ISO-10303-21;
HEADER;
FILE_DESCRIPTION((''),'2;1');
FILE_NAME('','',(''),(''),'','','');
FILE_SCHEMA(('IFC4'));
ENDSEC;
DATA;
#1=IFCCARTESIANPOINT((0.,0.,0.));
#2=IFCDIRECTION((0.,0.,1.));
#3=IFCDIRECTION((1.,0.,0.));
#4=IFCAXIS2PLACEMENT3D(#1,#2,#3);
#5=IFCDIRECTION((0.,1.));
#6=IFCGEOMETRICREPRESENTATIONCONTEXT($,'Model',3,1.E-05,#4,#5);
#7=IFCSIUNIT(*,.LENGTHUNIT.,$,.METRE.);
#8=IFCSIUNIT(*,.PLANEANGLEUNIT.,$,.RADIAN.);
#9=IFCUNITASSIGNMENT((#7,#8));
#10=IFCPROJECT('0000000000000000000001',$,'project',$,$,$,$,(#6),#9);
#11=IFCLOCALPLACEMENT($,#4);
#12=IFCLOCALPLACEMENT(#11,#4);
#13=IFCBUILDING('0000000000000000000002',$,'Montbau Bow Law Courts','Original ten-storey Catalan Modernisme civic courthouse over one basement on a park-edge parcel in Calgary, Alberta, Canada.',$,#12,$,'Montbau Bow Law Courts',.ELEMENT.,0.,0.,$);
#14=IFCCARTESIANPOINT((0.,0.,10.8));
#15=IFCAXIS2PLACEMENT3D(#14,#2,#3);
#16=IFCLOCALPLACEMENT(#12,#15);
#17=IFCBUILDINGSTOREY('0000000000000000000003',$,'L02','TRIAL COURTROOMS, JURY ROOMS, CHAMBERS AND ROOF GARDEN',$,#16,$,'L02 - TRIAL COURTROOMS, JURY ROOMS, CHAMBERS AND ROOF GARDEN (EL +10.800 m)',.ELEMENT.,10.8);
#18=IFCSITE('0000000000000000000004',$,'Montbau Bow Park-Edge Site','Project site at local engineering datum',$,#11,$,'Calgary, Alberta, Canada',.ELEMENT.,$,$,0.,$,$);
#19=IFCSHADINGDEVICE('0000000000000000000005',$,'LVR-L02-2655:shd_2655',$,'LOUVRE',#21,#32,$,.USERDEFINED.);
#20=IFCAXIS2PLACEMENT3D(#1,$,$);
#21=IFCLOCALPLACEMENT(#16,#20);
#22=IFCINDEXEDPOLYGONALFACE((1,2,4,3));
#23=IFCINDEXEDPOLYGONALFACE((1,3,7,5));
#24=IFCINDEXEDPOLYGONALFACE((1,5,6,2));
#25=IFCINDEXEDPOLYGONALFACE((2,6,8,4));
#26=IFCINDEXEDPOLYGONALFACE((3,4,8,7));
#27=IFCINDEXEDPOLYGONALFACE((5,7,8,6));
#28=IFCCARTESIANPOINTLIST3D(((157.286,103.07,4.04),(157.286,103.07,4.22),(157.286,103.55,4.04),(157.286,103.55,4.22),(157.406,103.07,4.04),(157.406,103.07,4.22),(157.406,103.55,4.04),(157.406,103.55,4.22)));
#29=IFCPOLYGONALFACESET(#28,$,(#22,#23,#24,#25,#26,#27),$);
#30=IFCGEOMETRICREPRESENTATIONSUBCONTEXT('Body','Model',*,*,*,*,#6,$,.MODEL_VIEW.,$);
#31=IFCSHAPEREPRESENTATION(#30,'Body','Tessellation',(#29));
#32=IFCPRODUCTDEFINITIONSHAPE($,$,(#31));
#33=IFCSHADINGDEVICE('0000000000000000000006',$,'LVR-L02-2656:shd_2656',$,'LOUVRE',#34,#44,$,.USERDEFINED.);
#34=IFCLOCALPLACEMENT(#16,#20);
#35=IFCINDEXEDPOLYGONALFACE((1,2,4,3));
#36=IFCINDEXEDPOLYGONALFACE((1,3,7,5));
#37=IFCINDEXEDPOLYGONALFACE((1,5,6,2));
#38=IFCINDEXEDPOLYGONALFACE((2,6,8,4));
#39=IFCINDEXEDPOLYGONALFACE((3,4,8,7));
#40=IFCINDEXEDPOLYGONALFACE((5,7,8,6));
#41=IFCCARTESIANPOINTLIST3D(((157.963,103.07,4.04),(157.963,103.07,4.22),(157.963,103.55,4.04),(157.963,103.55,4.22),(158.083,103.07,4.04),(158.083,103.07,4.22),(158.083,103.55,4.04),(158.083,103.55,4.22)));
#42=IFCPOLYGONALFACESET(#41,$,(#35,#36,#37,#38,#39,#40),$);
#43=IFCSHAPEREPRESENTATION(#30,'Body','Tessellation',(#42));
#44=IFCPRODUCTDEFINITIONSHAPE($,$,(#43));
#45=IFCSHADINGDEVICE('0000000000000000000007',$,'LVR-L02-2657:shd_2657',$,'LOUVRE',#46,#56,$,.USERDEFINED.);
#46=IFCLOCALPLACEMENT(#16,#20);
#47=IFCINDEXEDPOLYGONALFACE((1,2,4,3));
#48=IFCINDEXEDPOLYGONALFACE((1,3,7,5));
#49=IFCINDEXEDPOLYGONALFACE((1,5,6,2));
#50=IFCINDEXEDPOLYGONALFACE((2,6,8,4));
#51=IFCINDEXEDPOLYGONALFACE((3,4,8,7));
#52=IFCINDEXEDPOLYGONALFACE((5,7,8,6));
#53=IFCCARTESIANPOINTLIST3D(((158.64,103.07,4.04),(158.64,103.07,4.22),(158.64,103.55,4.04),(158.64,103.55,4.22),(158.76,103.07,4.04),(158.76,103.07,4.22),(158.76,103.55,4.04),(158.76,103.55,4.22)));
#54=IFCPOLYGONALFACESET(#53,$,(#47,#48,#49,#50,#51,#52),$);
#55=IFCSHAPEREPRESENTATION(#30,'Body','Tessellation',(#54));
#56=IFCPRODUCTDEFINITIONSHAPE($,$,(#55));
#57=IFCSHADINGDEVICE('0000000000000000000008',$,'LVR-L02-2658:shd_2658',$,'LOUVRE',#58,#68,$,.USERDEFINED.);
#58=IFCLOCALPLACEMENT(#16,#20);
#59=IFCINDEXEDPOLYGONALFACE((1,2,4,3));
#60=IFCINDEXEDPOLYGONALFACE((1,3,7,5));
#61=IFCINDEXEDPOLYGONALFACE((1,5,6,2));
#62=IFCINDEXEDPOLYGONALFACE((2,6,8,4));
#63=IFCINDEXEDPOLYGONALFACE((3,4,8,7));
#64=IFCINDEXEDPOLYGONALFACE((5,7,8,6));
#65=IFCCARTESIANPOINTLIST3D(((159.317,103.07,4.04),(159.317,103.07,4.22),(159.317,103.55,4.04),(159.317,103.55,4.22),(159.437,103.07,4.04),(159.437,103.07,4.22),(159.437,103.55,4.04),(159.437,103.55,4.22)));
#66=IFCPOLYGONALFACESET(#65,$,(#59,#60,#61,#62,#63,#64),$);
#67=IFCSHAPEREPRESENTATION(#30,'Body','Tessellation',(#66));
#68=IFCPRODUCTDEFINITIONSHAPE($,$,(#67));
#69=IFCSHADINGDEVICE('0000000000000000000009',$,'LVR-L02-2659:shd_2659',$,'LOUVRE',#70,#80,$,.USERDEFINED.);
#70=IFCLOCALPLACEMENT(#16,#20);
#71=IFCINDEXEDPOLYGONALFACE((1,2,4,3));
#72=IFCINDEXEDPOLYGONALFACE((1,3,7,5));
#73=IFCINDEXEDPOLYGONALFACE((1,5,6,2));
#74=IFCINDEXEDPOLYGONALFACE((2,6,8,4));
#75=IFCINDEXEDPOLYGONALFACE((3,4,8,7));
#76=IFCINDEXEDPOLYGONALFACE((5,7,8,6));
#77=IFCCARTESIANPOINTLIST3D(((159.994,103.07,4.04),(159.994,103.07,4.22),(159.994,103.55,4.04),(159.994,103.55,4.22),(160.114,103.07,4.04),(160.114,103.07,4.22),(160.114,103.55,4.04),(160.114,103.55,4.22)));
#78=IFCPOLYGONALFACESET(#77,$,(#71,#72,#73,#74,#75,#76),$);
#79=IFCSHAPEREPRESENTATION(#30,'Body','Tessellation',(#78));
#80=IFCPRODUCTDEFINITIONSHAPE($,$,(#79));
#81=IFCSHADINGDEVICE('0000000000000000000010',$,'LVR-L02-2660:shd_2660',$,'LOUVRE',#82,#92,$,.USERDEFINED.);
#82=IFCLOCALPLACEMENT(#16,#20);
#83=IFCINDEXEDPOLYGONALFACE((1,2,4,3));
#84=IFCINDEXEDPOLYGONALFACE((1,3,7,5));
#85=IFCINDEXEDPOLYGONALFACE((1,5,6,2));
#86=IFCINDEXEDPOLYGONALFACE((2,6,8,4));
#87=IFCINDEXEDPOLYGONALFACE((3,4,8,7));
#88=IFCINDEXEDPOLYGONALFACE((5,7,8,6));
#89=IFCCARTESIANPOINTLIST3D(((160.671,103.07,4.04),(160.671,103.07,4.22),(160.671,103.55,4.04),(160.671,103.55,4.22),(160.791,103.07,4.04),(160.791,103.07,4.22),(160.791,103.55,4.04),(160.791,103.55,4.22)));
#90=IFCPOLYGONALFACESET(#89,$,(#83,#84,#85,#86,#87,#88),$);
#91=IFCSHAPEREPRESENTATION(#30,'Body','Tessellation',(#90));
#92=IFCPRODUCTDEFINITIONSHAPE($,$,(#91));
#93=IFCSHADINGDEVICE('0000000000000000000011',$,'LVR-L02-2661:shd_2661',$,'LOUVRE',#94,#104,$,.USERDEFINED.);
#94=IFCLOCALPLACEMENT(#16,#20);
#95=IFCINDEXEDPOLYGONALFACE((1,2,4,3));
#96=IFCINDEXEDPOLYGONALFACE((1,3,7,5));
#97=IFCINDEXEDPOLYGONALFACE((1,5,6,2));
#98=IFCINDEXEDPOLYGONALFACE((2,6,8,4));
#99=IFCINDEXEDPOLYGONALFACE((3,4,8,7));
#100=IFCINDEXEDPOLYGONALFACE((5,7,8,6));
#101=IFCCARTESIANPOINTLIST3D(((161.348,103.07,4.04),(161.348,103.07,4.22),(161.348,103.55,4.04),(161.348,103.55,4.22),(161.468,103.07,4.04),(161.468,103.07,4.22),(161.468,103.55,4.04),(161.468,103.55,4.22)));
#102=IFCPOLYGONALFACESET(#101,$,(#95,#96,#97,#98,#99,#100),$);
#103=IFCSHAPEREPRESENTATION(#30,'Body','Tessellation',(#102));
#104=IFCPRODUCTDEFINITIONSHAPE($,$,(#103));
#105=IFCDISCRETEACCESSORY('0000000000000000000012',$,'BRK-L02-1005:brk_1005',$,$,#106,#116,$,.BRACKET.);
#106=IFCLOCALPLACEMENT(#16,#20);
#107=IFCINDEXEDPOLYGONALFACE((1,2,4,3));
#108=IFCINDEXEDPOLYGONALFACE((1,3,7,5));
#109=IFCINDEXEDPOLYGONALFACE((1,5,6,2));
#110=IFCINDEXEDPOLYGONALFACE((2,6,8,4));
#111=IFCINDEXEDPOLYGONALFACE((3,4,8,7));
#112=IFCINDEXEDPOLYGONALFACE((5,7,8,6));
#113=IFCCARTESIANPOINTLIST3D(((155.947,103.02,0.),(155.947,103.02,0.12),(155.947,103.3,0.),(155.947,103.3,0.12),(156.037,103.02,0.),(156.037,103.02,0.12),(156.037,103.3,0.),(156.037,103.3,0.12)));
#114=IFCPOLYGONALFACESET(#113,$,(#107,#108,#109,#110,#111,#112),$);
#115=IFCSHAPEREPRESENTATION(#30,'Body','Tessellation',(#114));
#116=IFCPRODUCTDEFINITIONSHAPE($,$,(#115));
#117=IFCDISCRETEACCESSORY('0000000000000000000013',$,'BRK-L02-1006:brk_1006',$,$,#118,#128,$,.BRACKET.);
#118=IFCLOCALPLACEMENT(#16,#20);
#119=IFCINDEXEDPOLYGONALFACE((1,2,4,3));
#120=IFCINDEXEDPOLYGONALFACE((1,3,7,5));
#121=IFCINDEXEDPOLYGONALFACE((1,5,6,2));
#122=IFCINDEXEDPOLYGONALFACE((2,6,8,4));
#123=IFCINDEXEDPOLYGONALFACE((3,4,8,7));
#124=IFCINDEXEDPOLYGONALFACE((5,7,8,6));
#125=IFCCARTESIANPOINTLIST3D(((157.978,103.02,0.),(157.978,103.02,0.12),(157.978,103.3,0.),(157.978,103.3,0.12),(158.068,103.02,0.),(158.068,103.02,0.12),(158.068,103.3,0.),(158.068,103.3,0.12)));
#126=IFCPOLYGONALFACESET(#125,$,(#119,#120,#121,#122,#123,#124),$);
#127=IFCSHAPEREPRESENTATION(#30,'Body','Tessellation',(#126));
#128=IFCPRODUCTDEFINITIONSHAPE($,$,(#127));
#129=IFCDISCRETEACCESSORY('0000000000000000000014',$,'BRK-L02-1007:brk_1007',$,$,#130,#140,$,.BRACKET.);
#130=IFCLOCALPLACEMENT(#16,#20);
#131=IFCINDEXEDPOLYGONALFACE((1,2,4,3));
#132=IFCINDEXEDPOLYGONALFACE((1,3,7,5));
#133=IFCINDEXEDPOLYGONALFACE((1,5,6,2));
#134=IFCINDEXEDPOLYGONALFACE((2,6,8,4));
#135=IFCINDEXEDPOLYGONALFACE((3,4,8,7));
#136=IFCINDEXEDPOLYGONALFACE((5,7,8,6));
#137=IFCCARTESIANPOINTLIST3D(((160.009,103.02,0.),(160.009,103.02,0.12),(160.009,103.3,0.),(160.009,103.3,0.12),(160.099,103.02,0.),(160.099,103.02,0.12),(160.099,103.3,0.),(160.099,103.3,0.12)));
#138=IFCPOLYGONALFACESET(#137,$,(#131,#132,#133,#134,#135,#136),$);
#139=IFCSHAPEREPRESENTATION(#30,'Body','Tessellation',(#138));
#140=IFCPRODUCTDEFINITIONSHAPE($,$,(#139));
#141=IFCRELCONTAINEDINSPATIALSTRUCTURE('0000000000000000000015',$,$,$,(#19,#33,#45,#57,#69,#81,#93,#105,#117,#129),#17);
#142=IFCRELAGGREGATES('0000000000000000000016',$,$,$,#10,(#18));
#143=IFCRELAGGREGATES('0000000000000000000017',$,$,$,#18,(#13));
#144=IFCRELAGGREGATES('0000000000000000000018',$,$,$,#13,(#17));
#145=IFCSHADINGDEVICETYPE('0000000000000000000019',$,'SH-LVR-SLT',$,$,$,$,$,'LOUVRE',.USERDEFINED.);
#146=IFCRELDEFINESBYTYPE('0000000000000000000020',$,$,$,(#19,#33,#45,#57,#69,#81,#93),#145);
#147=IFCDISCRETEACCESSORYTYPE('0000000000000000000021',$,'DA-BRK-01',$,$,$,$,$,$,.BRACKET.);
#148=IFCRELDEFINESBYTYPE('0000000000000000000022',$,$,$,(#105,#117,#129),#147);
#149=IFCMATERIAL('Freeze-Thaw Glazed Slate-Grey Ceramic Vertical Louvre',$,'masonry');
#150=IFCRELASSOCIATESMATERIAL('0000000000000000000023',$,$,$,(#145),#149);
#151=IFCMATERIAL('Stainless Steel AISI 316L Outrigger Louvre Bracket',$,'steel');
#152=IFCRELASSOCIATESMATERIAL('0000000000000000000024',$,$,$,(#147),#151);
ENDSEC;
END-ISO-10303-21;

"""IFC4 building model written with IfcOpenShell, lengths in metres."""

from ifc_helpers import new_model, si_unit, direction, frame, origin_with_axes, origin_2d_with_axis, place, context, subcontext, project, spatial, rectangle, extrude, material, type_object, element, save


model = new_model("IFC4")

# Units and contexts
model_context = context("Model", 3, precision=1e-05, world=origin_with_axes(), true_north=direction((0.0, 1.0)))
body_context = subcontext(model_context, "Body", "Model", "MODEL_VIEW")
ifc_project = project(units=[si_unit("LENGTHUNIT", "METRE"), si_unit("PLANEANGLEUNIT", "RADIAN")], contexts=[model_context])

# Site, building, storey
site_placement = place(None, origin_with_axes())
site = spatial("IfcSite", under=ifc_project, at=site_placement, Name="Montbau Bow Park-Edge Site", Description="Project site at local engineering datum", LongName="Calgary, Alberta, Canada", CompositionType="ELEMENT", RefElevation=0.0)
building_placement = place(site_placement, origin_with_axes())
building = spatial("IfcBuilding", under=site, at=building_placement, Name="Montbau Bow Law Courts", Description="Original ten-storey Catalan Modernisme civic courthouse over one basement on a park-edge parcel in Calgary, Alberta, Canada.", LongName="Montbau Bow Law Courts", CompositionType="ELEMENT", ElevationOfRefHeight=0.0, ElevationOfTerrain=0.0)
storey_placement = place(building_placement, frame((0.0, 0.0, 10.8), z_axis=(0.0, 0.0, 1.0), x_axis=(1.0, 0.0, 0.0)))
storey = spatial("IfcBuildingStorey", under=building, at=storey_placement, Name="L02", Description="TRIAL COURTROOMS, JURY ROOMS, CHAMBERS AND ROOF GARDEN", LongName="L02 - TRIAL COURTROOMS, JURY ROOMS, CHAMBERS AND ROOF GARDEN (EL +10.800 m)", CompositionType="ELEMENT", Elevation=10.8)

# Shared definitions
ifc_material_1 = material(Name="Freeze-Thaw Glazed Slate-Grey Ceramic Vertical Louvre", Category="masonry")

# Shading devices
shading_device_type = type_object("IfcShadingDeviceType", Name="SH-LVR-SLT", ElementType="LOUVRE", PredefinedType="USERDEFINED", material=ifc_material_1)
for number, where, z_axis, x_axis, name in (
    (1, (157.346, 103.31, 14.84), (0.0, 0.0, 1.0), (0.0, 1.0, 0.0), "LVR-L02-2655:shd_2655"),
    (2, (158.023, 103.31, 14.84), (0.0, 0.0, 1.0), (0.0, 1.0, 0.0), "LVR-L02-2656:shd_2656"),
    (3, (158.7, 103.31, 14.84), (0.0, 0.0, 1.0), (0.0, 1.0, 0.0), "LVR-L02-2657:shd_2657"),
    (4, (159.377, 103.31, 14.84), (0.0, 0.0, 1.0), (0.0, 1.0, 0.0), "LVR-L02-2658:shd_2658"),
    (5, (160.054, 103.31, 14.84), (0.0, 0.0, 1.0), (0.0, 1.0, 0.0), "LVR-L02-2659:shd_2659"),
    (6, (160.731, 103.31, 14.84), (0.0, 0.0, 1.0), (0.0, 1.0, 0.0), "LVR-L02-2660:shd_2660"),
    (7, (161.408, 103.31, 14.84), (0.0, 0.0, 1.0), (0.0, 1.0, 0.0), "LVR-L02-2661:shd_2661"),
):
    element("IfcShadingDevice", number, at=place(None, frame(where, z_axis=z_axis, x_axis=x_axis)), inside=storey, type_object=shading_device_type, Name=name, ObjectType="LOUVRE", PredefinedType="USERDEFINED", context=body_context, shape_type="SweptSolid", body=[
        extrude(rectangle(XDim=0.48, YDim=0.12, at=origin_2d_with_axis()), origin_with_axes(), (0.0, 0.0, 1.0), 0.18),
    ])

# Discrete accessories
ifc_material_2 = material(Name="Stainless Steel AISI 316L Outrigger Louvre Bracket", Category="steel")
discrete_accessory_type = type_object("IfcDiscreteAccessoryType", Name="DA-BRK-01", PredefinedType="BRACKET", material=ifc_material_2)
for number, where, z_axis, x_axis, name in (
    (8, (155.992, 103.16, 10.8), (0.0, 0.0, 1.0), (0.0, 1.0, 0.0), "BRK-L02-1005:brk_1005"),
    (9, (158.023, 103.16, 10.8), (0.0, 0.0, 1.0), (0.0, 1.0, 0.0), "BRK-L02-1006:brk_1006"),
    (10, (160.054, 103.16, 10.8), (0.0, 0.0, 1.0), (0.0, 1.0, 0.0), "BRK-L02-1007:brk_1007"),
):
    element("IfcDiscreteAccessory", number, at=place(None, frame(where, z_axis=z_axis, x_axis=x_axis)), inside=storey, type_object=discrete_accessory_type, Name=name, PredefinedType="BRACKET", context=body_context, shape_type="SweptSolid", body=[
        extrude(rectangle(XDim=0.28, YDim=0.09, at=origin_2d_with_axis()), origin_with_axes(), (0.0, 0.0, 1.0), 0.12),
    ])

save(model, "model.ifc")
